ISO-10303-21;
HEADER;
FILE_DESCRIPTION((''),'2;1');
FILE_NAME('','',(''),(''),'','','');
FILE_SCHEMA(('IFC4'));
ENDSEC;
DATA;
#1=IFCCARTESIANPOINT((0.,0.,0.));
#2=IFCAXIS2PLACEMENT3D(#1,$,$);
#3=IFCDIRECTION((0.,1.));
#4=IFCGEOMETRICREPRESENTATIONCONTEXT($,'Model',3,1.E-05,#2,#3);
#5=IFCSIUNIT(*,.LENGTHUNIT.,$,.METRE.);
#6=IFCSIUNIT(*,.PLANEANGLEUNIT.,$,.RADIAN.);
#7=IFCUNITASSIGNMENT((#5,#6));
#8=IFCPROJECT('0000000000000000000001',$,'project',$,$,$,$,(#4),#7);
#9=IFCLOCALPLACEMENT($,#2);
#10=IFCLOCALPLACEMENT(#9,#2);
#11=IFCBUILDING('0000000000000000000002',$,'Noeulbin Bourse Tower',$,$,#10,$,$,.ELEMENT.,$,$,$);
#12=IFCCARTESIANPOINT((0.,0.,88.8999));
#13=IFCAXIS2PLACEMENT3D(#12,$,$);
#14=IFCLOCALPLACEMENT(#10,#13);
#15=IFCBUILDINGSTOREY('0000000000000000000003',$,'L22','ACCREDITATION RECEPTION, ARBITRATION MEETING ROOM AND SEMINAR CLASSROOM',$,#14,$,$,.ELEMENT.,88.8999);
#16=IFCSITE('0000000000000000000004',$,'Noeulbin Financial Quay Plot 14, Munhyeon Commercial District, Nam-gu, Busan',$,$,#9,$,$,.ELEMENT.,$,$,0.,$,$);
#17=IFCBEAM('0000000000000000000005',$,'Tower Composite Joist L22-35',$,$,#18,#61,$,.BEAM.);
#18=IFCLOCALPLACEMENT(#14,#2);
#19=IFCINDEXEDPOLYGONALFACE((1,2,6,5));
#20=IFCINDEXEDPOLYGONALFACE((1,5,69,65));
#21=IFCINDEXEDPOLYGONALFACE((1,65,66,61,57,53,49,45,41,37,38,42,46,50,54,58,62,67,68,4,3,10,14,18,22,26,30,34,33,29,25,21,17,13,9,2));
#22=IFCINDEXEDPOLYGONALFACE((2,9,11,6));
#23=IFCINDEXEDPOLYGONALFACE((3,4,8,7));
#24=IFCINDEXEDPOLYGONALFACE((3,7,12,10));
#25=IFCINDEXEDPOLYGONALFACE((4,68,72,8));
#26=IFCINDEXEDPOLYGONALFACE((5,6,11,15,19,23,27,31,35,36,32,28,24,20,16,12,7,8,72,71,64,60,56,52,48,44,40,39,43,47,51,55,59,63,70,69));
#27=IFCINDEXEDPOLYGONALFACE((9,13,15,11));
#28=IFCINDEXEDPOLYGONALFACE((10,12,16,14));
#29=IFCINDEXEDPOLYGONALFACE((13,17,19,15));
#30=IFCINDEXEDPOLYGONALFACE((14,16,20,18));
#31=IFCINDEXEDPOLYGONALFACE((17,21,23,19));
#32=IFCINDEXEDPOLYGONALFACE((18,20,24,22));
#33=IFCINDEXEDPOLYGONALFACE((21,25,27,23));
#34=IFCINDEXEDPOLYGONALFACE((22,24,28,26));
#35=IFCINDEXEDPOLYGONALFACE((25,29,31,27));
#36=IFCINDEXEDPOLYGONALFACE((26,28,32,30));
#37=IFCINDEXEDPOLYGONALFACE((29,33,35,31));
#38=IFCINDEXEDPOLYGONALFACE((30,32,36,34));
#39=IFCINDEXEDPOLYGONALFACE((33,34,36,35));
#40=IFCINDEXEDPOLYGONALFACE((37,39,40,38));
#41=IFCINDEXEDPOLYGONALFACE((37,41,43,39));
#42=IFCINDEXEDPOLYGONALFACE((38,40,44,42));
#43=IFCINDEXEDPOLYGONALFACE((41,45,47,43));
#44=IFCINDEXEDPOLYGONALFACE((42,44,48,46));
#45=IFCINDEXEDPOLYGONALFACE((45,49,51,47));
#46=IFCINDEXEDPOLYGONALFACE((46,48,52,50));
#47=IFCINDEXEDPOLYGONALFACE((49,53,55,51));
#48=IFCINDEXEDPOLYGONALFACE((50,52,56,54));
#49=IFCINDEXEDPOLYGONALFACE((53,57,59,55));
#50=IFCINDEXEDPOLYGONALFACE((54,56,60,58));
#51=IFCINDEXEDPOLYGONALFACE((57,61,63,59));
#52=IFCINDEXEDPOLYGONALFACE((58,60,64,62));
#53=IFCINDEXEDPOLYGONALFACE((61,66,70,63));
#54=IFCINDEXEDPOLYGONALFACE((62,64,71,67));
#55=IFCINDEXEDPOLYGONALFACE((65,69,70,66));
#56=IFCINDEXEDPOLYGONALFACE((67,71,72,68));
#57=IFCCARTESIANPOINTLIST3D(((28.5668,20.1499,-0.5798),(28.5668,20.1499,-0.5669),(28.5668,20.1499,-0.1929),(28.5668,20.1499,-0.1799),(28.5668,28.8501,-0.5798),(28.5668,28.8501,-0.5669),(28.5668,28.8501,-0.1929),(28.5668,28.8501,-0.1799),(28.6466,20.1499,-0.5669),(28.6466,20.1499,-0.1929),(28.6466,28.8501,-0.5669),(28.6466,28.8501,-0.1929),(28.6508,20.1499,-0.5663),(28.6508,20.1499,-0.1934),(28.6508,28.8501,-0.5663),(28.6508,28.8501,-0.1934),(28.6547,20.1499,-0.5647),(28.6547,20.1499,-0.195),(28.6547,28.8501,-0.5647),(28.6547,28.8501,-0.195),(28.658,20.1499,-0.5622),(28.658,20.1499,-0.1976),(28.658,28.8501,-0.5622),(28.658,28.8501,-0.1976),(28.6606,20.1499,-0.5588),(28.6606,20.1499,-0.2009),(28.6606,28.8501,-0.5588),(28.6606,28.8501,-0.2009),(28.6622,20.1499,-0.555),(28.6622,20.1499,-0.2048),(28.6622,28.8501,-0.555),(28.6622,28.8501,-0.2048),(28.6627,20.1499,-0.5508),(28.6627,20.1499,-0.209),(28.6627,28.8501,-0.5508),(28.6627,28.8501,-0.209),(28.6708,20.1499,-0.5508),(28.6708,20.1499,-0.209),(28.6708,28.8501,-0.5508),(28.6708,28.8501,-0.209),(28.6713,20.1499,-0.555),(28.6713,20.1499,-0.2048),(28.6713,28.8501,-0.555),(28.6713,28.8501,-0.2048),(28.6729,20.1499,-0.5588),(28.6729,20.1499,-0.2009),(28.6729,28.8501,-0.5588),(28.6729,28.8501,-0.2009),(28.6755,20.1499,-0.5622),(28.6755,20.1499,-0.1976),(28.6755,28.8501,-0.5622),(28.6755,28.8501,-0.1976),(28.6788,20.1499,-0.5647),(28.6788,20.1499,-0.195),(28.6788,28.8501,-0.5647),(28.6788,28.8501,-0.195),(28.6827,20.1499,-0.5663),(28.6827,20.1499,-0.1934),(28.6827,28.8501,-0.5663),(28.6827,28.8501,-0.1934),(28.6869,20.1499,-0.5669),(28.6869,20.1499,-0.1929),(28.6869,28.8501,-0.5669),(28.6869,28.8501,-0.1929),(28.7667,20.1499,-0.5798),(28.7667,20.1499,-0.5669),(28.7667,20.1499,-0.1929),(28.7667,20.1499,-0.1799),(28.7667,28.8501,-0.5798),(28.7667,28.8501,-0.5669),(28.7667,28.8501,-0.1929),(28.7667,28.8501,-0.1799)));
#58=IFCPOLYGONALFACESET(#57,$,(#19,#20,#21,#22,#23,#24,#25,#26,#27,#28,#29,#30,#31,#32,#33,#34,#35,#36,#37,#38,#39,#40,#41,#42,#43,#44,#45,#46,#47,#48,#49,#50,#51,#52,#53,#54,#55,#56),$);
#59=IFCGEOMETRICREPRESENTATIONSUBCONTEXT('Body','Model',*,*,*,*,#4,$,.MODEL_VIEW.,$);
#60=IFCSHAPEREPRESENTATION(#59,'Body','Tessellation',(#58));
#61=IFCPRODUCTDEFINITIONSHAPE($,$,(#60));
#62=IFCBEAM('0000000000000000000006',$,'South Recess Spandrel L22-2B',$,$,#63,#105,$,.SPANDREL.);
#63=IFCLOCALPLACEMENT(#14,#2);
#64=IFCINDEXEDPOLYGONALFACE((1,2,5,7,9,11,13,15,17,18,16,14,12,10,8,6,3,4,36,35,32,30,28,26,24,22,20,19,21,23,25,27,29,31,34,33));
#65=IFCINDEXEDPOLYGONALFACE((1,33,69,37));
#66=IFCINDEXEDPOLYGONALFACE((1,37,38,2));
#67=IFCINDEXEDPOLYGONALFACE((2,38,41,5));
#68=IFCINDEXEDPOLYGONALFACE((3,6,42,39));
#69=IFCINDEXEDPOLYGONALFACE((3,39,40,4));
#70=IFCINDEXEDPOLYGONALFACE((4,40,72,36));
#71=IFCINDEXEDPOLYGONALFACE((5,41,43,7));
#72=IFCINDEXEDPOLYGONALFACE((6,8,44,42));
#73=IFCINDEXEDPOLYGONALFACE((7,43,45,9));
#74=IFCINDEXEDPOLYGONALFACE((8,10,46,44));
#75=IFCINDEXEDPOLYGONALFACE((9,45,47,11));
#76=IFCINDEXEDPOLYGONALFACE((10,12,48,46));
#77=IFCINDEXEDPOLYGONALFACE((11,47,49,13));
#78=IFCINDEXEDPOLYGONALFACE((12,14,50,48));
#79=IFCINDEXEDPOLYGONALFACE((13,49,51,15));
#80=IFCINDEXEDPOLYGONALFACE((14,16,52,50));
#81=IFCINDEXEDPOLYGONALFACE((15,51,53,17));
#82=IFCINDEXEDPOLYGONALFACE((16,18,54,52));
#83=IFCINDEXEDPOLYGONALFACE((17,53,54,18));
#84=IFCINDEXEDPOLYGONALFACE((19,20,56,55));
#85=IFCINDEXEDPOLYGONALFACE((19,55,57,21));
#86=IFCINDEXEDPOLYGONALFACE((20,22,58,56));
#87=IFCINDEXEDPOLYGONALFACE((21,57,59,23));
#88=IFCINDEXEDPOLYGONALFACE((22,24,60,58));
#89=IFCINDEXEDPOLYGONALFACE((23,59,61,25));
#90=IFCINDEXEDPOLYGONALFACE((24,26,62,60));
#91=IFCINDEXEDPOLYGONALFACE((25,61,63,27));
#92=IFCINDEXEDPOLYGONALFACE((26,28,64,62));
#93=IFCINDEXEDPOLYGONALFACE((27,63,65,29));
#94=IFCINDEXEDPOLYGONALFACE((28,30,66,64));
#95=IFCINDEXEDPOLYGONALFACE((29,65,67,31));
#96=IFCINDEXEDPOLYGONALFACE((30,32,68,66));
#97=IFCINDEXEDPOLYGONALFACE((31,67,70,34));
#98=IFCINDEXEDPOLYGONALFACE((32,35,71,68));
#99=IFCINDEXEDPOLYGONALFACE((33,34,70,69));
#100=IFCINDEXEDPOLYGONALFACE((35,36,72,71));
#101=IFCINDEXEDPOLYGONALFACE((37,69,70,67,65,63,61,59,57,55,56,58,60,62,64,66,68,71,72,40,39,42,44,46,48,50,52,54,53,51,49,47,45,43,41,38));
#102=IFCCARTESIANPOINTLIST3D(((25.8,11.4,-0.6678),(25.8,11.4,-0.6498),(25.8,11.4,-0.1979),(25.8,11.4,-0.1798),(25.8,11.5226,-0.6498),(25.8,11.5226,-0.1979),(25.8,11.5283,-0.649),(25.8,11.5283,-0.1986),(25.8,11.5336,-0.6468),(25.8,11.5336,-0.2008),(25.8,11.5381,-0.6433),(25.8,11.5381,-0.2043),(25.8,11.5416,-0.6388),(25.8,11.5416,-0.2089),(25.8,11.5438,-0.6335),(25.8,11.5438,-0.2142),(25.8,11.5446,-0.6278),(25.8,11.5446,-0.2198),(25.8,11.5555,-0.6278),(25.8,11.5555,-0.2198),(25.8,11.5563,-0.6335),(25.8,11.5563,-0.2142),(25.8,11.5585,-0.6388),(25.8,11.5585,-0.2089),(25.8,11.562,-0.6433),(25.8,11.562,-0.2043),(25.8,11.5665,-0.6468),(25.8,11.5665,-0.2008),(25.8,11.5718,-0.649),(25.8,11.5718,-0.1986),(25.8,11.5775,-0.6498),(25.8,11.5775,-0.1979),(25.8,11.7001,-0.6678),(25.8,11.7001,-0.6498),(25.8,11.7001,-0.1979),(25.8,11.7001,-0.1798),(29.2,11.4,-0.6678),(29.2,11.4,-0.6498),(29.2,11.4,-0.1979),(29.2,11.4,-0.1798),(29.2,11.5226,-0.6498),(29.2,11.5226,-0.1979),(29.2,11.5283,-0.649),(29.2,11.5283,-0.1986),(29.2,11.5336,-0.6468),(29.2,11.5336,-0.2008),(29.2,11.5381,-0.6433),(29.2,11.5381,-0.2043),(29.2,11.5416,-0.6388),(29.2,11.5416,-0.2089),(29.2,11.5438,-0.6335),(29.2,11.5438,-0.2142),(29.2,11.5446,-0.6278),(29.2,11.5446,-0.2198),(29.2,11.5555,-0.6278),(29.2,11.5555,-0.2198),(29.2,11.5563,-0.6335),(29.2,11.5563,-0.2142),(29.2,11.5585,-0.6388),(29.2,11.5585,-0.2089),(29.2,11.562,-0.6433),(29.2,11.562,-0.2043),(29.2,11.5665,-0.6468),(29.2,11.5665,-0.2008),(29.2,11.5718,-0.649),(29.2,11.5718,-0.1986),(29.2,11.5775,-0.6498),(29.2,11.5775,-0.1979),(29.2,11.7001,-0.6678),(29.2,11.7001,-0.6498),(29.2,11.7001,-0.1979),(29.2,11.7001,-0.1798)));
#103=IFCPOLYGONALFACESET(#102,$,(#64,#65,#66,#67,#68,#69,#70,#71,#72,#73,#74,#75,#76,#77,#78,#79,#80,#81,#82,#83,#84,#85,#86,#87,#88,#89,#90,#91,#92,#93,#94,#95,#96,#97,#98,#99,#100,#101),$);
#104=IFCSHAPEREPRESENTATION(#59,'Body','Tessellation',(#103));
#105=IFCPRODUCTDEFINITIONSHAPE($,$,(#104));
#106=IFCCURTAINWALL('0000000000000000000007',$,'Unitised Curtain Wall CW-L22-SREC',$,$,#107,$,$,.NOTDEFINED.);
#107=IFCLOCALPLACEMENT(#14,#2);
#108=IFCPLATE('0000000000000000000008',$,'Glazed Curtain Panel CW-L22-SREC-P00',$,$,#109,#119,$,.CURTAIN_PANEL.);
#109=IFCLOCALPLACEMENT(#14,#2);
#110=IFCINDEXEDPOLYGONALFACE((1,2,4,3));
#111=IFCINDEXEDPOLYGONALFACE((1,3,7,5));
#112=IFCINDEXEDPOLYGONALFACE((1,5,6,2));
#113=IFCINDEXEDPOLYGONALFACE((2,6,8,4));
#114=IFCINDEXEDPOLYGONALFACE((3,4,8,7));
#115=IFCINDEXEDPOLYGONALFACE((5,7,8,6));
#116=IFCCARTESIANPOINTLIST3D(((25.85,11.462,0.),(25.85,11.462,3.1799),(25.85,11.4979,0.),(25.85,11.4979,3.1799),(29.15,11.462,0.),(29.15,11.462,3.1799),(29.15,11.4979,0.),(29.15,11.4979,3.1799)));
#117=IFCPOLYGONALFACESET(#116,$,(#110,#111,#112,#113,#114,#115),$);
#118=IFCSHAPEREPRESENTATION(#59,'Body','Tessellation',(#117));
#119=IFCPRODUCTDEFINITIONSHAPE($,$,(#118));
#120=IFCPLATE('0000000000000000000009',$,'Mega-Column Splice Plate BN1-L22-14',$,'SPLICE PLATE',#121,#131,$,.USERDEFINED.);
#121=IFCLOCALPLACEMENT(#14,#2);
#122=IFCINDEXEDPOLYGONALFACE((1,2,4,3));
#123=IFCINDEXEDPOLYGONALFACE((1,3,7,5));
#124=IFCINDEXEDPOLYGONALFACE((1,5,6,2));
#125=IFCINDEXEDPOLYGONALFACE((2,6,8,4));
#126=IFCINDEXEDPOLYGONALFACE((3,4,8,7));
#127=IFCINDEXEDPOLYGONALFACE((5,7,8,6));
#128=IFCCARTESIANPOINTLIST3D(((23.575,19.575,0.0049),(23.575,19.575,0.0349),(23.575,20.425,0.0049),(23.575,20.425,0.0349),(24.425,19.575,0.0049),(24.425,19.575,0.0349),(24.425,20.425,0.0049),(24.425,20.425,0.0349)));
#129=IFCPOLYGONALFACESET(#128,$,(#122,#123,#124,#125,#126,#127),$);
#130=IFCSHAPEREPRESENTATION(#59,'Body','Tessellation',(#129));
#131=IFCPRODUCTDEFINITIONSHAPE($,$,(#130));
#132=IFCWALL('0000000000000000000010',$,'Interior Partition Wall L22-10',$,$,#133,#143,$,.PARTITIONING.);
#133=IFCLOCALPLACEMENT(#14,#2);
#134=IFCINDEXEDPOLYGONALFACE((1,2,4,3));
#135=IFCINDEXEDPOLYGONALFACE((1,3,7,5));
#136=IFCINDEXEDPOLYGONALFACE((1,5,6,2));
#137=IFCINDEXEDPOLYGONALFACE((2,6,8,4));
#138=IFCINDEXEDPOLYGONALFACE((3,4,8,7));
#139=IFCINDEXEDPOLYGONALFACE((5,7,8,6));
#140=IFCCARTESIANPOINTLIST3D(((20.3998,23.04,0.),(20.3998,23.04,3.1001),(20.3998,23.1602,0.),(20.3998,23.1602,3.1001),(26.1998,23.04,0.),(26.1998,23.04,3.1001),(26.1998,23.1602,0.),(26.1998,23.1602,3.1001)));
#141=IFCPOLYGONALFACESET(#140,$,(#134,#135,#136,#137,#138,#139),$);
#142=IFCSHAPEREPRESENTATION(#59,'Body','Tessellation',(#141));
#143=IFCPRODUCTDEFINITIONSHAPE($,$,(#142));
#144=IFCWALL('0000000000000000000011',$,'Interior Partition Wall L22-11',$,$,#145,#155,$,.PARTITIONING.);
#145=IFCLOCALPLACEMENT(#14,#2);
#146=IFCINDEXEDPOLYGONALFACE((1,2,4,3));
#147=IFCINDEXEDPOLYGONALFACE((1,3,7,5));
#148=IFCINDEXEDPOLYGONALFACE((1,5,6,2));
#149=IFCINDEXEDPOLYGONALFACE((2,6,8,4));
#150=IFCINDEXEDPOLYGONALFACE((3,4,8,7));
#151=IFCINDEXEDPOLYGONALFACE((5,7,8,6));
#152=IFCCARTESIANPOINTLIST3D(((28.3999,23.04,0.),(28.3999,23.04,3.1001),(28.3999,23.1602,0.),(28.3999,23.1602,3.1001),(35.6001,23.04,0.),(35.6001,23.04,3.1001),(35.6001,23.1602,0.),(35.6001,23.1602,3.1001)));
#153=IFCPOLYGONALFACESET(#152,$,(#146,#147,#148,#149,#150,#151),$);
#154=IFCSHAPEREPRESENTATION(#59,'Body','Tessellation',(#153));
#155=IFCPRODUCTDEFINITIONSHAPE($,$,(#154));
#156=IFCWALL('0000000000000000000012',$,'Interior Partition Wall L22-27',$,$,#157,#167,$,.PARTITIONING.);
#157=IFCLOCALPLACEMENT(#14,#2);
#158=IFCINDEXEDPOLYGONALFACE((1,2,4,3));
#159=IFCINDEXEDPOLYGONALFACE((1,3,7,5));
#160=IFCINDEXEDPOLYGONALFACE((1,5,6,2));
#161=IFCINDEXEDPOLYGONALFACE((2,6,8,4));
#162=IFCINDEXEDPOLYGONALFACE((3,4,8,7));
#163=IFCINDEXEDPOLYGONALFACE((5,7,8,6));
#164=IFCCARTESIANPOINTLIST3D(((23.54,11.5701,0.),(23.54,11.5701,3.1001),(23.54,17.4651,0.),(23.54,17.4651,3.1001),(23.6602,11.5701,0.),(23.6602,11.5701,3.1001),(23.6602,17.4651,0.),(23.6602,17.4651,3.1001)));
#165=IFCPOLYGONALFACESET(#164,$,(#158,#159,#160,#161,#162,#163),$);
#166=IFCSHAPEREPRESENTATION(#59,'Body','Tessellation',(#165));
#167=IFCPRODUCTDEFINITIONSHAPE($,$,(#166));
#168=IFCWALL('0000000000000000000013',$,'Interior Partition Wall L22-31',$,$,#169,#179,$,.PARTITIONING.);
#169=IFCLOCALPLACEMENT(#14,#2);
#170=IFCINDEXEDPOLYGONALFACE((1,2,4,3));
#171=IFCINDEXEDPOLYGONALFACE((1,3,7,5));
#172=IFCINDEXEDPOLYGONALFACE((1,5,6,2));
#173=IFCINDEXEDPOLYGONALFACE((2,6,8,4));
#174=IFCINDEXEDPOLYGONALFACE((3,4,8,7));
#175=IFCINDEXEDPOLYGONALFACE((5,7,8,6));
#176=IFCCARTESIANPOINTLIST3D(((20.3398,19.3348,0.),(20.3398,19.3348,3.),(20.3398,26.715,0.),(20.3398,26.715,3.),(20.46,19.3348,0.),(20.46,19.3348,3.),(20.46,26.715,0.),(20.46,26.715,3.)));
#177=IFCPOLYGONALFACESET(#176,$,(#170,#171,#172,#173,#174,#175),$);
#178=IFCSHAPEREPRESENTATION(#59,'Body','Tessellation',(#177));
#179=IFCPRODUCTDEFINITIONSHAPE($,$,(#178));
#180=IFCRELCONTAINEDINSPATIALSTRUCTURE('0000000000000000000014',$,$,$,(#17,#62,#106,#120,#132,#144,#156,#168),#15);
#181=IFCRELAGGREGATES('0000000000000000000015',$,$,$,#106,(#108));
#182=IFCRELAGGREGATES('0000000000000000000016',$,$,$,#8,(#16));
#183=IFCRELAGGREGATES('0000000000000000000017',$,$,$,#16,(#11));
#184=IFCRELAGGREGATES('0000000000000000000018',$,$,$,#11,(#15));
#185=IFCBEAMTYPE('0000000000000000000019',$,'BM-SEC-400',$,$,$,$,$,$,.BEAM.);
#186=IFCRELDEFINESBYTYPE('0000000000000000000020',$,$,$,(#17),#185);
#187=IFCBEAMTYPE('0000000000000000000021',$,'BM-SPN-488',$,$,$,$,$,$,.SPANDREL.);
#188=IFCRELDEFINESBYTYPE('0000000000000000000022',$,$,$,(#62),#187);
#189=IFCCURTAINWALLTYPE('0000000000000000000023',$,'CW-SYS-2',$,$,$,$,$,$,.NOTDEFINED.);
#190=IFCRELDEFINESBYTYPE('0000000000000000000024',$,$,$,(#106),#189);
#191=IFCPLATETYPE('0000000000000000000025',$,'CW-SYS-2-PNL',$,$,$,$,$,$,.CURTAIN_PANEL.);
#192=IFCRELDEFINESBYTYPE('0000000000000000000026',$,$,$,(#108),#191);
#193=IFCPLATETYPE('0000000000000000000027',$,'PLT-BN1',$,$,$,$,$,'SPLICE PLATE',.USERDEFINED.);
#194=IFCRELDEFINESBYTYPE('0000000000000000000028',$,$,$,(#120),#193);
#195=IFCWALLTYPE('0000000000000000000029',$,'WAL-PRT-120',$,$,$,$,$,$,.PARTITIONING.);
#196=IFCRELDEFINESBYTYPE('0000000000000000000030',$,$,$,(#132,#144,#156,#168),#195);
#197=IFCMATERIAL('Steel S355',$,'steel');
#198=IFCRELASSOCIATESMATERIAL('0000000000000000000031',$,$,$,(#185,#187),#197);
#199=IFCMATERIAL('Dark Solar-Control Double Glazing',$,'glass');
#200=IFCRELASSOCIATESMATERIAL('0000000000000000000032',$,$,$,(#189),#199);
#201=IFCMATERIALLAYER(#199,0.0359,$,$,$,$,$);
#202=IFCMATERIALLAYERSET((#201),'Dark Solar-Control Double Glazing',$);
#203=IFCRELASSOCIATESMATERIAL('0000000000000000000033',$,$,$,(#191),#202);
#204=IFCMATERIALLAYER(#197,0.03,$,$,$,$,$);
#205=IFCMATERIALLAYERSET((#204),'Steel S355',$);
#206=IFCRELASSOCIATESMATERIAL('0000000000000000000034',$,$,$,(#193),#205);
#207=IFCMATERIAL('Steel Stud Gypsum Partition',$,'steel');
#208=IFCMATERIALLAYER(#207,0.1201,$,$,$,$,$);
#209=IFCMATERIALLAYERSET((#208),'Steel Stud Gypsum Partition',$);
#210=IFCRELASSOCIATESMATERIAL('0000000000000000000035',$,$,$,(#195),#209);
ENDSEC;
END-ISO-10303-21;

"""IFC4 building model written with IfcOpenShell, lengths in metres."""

from ifc_helpers import new_model, si_unit, direction, frame, frame_2d, origin, origin_2d, place, context, subcontext, project, spatial, rectangle, i_section, extrude, material, layer, layer_set, material_profile, profile_set, type_object, element, aggregate, save


model = new_model("IFC4")

# Units and contexts
model_context = context("Model", 3, precision=1e-05, world=origin(), true_north=direction((0.0, 1.0)))
body_context = subcontext(model_context, "Body", "Model", "MODEL_VIEW")
ifc_project = project(units=[si_unit("LENGTHUNIT", "METRE"), si_unit("PLANEANGLEUNIT", "RADIAN")], contexts=[model_context])

# Site, building, storey
site_placement = place(None, origin())
site = spatial("IfcSite", under=ifc_project, at=site_placement, Name="Noeulbin Financial Quay Plot 14, Munhyeon Commercial District, Nam-gu, Busan", CompositionType="ELEMENT", RefElevation=0.0)
building_placement = place(site_placement, origin())
building = spatial("IfcBuilding", under=site, at=building_placement, Name="Noeulbin Bourse Tower", CompositionType="ELEMENT")
storey_placement = place(building_placement, frame((0.0, 0.0, 88.8999)))
storey = spatial("IfcBuildingStorey", under=building, at=storey_placement, Name="L22", Description="ACCREDITATION RECEPTION, ARBITRATION MEETING ROOM AND SEMINAR CLASSROOM", CompositionType="ELEMENT", Elevation=88.8999)

# Beams
ifc_material_1 = material(Name="Steel S355", Category="steel")
ifc_material_profile_1 = material_profile(ifc_material_1, i_section(OverallWidth=0.2, OverallDepth=0.3999, WebThickness=0.0081, FlangeThickness=0.0129, FilletRadius=0.0161, at=origin_2d()), Name="H-400x200x8x13", Category="LoadBearing")
ifc_profile_set_1 = profile_set([ifc_material_profile_1], Name="Steel S355")
beam_type_1 = type_object("IfcBeamType", Name="BM-SEC-400", PredefinedType="BEAM", material=ifc_profile_set_1)
beam_1_placement = place(storey_placement, frame((28.6667, 20.1499, -0.3799), z_axis=(0.0, 1.0, 0.0), x_axis=(-1.0, 0.0, 0.0)))
element("IfcBeam", 1, at=beam_1_placement, inside=storey, type_object=beam_type_1, Name="Tower Composite Joist L22-35", PredefinedType="BEAM", context=body_context, shape_type="SweptSolid", body=[
    extrude(i_section(OverallWidth=0.2, OverallDepth=0.3999, WebThickness=0.0081, FlangeThickness=0.0129, FilletRadius=0.0161, at=origin_2d()), origin(), (0.0, 0.0, 1.0), 8.7002),
])
ifc_material_profile_2 = material_profile(ifc_material_1, i_section(OverallWidth=0.3, OverallDepth=0.488, WebThickness=0.011, FlangeThickness=0.0181, FilletRadius=0.022, at=origin_2d()), Name="H-488x300x11x18", Category="LoadBearing")
ifc_profile_set_2 = profile_set([ifc_material_profile_2], Name="Steel S355")
beam_type_2 = type_object("IfcBeamType", Name="BM-SPN-488", PredefinedType="SPANDREL", material=ifc_profile_set_2)
beam_2_placement = place(storey_placement, frame((25.8, 11.55, -0.4238), z_axis=(1.0, 0.0, 0.0), x_axis=(0.0, 1.0, 0.0)))
element("IfcBeam", 2, at=beam_2_placement, inside=storey, type_object=beam_type_2, Name="South Recess Spandrel L22-2B", PredefinedType="SPANDREL", context=body_context, shape_type="SweptSolid", body=[
    extrude(i_section(OverallWidth=0.3, OverallDepth=0.488, WebThickness=0.011, FlangeThickness=0.0181, FilletRadius=0.022, at=origin_2d()), origin(), (0.0, 0.0, 1.0), 3.3999),
])

# Curtain wall, plate
ifc_material_2 = material(Name="Dark Solar-Control Double Glazing", Category="glass")
curtain_wall_type = type_object("IfcCurtainWallType", Name="CW-SYS-2", PredefinedType="NOTDEFINED", material=ifc_material_2)
curtain_wall_placement = place(storey_placement, origin())
curtain_wall = element("IfcCurtainWall", 3, at=curtain_wall_placement, inside=storey, type_object=curtain_wall_type, Name="Unitised Curtain Wall CW-L22-SREC", PredefinedType="NOTDEFINED")
ifc_layer_1 = layer(ifc_material_2, 0.0359)
ifc_layer_set_1 = layer_set([ifc_layer_1], Name="Dark Solar-Control Double Glazing")
plate_type_1 = type_object("IfcPlateType", Name="CW-SYS-2-PNL", PredefinedType="CURTAIN_PANEL", material=ifc_layer_set_1)
plate_1_placement = place(storey_placement, frame((27.5, 11.48, 0.0), z_axis=(0.0, 0.0, 1.0), x_axis=(1.0, 0.0, 0.0)))
plate_1 = element("IfcPlate", 4, at=plate_1_placement, type_object=plate_type_1, Name="Glazed Curtain Panel CW-L22-SREC-P00", PredefinedType="CURTAIN_PANEL", context=body_context, shape_type="SweptSolid", body=[
    extrude(rectangle(XDim=3.3, YDim=0.0359, at=origin_2d()), origin(), (0.0, 0.0, 1.0), 3.1799),
])
aggregate(curtain_wall, [plate_1])

# Plate
ifc_layer_2 = layer(ifc_material_1, 0.03)
ifc_layer_set_2 = layer_set([ifc_layer_2], Name="Steel S355")
plate_type_2 = type_object("IfcPlateType", Name="PLT-BN1", ElementType="SPLICE PLATE", PredefinedType="USERDEFINED", material=ifc_layer_set_2)
plate_2_placement = place(storey_placement, frame((24.0, 20.0, 0.0049), z_axis=(0.0, 0.0, 1.0), x_axis=(1.0, 0.0, 0.0)))
element("IfcPlate", 5, at=plate_2_placement, inside=storey, type_object=plate_type_2, Name="Mega-Column Splice Plate BN1-L22-14", ObjectType="SPLICE PLATE", PredefinedType="USERDEFINED", context=body_context, shape_type="SweptSolid", body=[
    extrude(rectangle(XDim=0.8501, YDim=0.8501, at=origin_2d()), origin(), (0.0, 0.0, 1.0), 0.03),
])

# Walls
ifc_material_3 = material(Name="Steel Stud Gypsum Partition", Category="steel")
ifc_layer_3 = layer(ifc_material_3, 0.1201)
ifc_layer_set_3 = layer_set([ifc_layer_3], Name="Steel Stud Gypsum Partition")
wall_type_1 = type_object("IfcWallType", Name="WAL-PRT-120", PredefinedType="PARTITIONING", material=ifc_layer_set_3)
wall_1_placement = place(storey_placement, frame((20.3999, 23.1001, 0.0), z_axis=(0.0, 0.0, 1.0), x_axis=(1.0, 0.0, 0.0)))
element("IfcWall", 6, at=wall_1_placement, inside=storey, type_object=wall_type_1, Name="Interior Partition Wall L22-10", PredefinedType="PARTITIONING", context=body_context, shape_type="SweptSolid", body=[
    extrude(rectangle(XDim=5.8, YDim=0.1201, at=frame_2d((2.8999, 0.0))), origin(), (0.0, 0.0, 1.0), 3.1001),
])
wall_2_placement = place(storey_placement, frame((28.3999, 23.1001, 0.0), z_axis=(0.0, 0.0, 1.0), x_axis=(1.0, 0.0, 0.0)))
element("IfcWall", 7, at=wall_2_placement, inside=storey, type_object=wall_type_1, Name="Interior Partition Wall L22-11", PredefinedType="PARTITIONING", context=body_context, shape_type="SweptSolid", body=[
    extrude(rectangle(XDim=7.2002, YDim=0.1201, at=frame_2d((3.6001, 0.0))), origin(), (0.0, 0.0, 1.0), 3.1001),
])
wall_3_placement = place(storey_placement, frame((23.6001, 11.5701, 0.0), z_axis=(0.0, 0.0, 1.0), x_axis=(0.0, 1.0, 0.0)))
element("IfcWall", 8, at=wall_3_placement, inside=storey, type_object=wall_type_1, Name="Interior Partition Wall L22-27", PredefinedType="PARTITIONING", context=body_context, shape_type="SweptSolid", body=[
    extrude(rectangle(XDim=5.895, YDim=0.1201, at=frame_2d((2.9475, 0.0))), origin(), (0.0, 0.0, 1.0), 3.1001),
])
wall_4_placement = place(storey_placement, frame((20.3999, 19.335, 0.0), z_axis=(0.0, 0.0, 1.0), x_axis=(0.0, 1.0, 0.0)))
element("IfcWall", 9, at=wall_4_placement, inside=storey, type_object=wall_type_1, Name="Interior Partition Wall L22-31", PredefinedType="PARTITIONING", context=body_context, shape_type="SweptSolid", body=[
    extrude(rectangle(XDim=7.3801, YDim=0.1201, at=frame_2d((3.6899, 0.0))), origin(), (0.0, 0.0, 1.0), 3.0),
])

save(model, "model.ifc")
